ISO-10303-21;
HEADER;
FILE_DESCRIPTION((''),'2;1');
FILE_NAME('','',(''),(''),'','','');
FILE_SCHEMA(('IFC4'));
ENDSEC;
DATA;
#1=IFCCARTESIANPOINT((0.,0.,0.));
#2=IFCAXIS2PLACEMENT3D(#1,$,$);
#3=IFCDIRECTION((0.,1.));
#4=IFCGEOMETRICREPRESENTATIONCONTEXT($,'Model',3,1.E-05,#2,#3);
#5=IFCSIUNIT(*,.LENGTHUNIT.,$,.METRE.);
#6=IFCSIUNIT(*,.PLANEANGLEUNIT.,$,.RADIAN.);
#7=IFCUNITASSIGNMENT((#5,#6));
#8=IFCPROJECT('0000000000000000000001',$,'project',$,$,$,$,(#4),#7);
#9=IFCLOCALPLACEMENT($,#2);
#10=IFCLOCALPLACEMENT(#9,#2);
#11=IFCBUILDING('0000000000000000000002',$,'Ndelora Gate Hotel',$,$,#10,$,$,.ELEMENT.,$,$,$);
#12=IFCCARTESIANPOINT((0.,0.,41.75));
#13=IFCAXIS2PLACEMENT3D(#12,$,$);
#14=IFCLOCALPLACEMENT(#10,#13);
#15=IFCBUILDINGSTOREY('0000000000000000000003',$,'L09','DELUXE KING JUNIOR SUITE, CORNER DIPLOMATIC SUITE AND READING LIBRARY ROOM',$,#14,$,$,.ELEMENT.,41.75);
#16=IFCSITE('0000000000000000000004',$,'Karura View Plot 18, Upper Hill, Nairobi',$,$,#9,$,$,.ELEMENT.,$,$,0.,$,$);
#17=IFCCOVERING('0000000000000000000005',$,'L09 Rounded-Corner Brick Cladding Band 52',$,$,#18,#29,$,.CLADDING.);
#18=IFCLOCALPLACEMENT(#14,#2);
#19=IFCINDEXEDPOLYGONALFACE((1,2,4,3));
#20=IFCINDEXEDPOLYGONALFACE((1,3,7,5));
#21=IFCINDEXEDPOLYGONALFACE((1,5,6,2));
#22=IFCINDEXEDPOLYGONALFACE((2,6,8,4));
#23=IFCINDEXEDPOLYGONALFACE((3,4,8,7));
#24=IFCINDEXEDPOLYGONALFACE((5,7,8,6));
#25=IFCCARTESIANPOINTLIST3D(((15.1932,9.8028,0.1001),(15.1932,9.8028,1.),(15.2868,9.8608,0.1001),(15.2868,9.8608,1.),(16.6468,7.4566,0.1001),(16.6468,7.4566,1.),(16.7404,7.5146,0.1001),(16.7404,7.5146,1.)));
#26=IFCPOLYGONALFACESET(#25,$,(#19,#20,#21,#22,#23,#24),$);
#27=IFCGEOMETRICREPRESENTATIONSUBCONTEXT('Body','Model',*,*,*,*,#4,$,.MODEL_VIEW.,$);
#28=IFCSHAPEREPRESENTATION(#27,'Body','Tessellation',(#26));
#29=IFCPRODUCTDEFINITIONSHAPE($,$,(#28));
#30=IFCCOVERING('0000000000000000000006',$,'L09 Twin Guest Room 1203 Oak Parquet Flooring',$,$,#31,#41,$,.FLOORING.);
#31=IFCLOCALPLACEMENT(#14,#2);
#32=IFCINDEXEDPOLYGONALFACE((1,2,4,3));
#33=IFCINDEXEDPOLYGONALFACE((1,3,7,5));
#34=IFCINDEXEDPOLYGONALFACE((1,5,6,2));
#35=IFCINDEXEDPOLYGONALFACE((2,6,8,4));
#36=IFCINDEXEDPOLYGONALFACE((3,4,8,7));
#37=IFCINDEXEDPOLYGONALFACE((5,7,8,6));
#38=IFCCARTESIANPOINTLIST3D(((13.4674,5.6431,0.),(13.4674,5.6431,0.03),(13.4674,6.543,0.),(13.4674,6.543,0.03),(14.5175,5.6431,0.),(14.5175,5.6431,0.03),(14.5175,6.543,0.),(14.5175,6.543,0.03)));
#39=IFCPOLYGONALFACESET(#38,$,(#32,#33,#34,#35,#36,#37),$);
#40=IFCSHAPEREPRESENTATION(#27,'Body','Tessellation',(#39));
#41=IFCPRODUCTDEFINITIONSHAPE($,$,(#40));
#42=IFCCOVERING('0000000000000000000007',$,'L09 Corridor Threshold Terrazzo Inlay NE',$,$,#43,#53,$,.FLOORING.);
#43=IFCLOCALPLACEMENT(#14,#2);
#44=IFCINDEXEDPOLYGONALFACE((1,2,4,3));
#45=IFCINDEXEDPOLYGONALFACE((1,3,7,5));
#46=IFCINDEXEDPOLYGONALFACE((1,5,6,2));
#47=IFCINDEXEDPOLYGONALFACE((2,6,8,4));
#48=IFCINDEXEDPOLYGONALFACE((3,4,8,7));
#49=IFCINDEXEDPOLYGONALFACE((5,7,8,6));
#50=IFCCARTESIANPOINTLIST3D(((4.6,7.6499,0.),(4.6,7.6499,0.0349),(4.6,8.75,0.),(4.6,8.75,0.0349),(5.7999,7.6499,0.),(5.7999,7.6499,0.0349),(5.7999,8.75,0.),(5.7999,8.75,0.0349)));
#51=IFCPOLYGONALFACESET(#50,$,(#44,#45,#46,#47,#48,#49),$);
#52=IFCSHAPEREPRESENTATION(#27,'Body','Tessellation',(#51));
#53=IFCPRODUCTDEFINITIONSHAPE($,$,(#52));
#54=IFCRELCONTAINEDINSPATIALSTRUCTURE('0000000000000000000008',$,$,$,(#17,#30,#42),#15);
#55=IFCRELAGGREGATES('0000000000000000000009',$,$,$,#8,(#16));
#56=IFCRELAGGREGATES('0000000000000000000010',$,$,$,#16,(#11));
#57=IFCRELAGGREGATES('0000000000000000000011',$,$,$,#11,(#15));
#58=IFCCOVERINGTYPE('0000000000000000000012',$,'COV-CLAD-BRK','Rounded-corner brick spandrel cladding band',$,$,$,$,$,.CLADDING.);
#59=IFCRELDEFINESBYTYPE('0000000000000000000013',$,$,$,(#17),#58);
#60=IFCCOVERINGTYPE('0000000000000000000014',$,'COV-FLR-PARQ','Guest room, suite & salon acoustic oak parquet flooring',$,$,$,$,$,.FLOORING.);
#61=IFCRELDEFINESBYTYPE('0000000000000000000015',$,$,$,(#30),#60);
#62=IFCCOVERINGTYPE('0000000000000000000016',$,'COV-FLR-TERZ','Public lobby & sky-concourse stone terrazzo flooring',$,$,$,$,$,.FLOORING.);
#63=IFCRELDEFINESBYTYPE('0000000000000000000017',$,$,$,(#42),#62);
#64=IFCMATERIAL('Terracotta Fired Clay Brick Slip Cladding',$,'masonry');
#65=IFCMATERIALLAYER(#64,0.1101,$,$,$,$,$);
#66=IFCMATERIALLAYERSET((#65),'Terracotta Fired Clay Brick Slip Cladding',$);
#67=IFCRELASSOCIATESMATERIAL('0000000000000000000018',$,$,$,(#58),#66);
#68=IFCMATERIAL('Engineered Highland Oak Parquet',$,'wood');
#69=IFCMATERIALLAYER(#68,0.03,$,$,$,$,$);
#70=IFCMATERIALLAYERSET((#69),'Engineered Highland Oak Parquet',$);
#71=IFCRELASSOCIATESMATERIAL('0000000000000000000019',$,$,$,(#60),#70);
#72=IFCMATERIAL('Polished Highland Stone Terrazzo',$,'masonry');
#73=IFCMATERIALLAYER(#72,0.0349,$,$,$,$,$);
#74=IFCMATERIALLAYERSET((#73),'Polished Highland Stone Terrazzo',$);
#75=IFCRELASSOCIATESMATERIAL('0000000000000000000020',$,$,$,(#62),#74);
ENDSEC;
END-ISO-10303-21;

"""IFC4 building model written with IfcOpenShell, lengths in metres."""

from ifc_helpers import new_model, si_unit, direction, frame, origin, origin_2d, place, context, subcontext, project, spatial, rectangle, extrude, material, layer, layer_set, type_object, element, save


model = new_model("IFC4")

# Units and contexts
model_context = context("Model", 3, precision=1e-05, world=origin(), true_north=direction((0.0, 1.0)))
body_context = subcontext(model_context, "Body", "Model", "MODEL_VIEW")
ifc_project = project(units=[si_unit("LENGTHUNIT", "METRE"), si_unit("PLANEANGLEUNIT", "RADIAN")], contexts=[model_context])

# Site, building, storey
site_placement = place(None, origin())
site = spatial("IfcSite", under=ifc_project, at=site_placement, Name="Karura View Plot 18, Upper Hill, Nairobi", CompositionType="ELEMENT", RefElevation=0.0)
building_placement = place(site_placement, origin())
building = spatial("IfcBuilding", under=site, at=building_placement, Name="Ndelora Gate Hotel", CompositionType="ELEMENT")
storey_placement = place(building_placement, frame((0.0, 0.0, 41.75)))
storey = spatial("IfcBuildingStorey", under=building, at=storey_placement, Name="L09", Description="DELUXE KING JUNIOR SUITE, CORNER DIPLOMATIC SUITE AND READING LIBRARY ROOM", CompositionType="ELEMENT", Elevation=41.75)

# Coverings
ifc_material_1 = material(Name="Terracotta Fired Clay Brick Slip Cladding", Category="masonry")
ifc_layer_1 = layer(ifc_material_1, 0.1101)
ifc_layer_set_1 = layer_set([ifc_layer_1], Name="Terracotta Fired Clay Brick Slip Cladding")
covering_type_1 = type_object("IfcCoveringType", Name="COV-CLAD-BRK", Description="Rounded-corner brick spandrel cladding band", PredefinedType="CLADDING", material=ifc_layer_set_1)
covering_1_placement = place(storey_placement, frame((15.9668, 8.6587, 0.1001), z_axis=(0.0, 0.0, 1.0), x_axis=(-0.526659, 0.850077, 0.0)))
element("IfcCovering", 1, at=covering_1_placement, inside=storey, type_object=covering_type_1, Name="L09 Rounded-Corner Brick Cladding Band 52", PredefinedType="CLADDING", context=body_context, shape_type="SweptSolid", body=[
    extrude(rectangle(XDim=2.76, YDim=0.1101, at=origin_2d()), origin(), (0.0, 0.0, 1.0), 0.8999),
])
ifc_material_2 = material(Name="Engineered Highland Oak Parquet", Category="wood")
ifc_layer_2 = layer(ifc_material_2, 0.03)
ifc_layer_set_2 = layer_set([ifc_layer_2], Name="Engineered Highland Oak Parquet")
covering_type_2 = type_object("IfcCoveringType", Name="COV-FLR-PARQ", Description="Guest room, suite & salon acoustic oak parquet flooring", PredefinedType="FLOORING", material=ifc_layer_set_2)
covering_2_placement = place(storey_placement, frame((13.9924, 6.093, 0.0), z_axis=(0.0, 0.0, 1.0), x_axis=(1.0, 0.0, 0.0)))
element("IfcCovering", 2, at=covering_2_placement, inside=storey, type_object=covering_type_2, Name="L09 Twin Guest Room 1203 Oak Parquet Flooring", PredefinedType="FLOORING", context=body_context, shape_type="SweptSolid", body=[
    extrude(rectangle(XDim=1.05, YDim=0.8999, at=origin_2d()), origin(), (0.0, 0.0, 1.0), 0.03),
])
ifc_material_3 = material(Name="Polished Highland Stone Terrazzo", Category="masonry")
ifc_layer_3 = layer(ifc_material_3, 0.0349)
ifc_layer_set_3 = layer_set([ifc_layer_3], Name="Polished Highland Stone Terrazzo")
covering_type_3 = type_object("IfcCoveringType", Name="COV-FLR-TERZ", Description="Public lobby & sky-concourse stone terrazzo flooring", PredefinedType="FLOORING", material=ifc_layer_set_3)
covering_3_placement = place(storey_placement, frame((5.2, 8.2, 0.0), z_axis=(0.0, 0.0, 1.0), x_axis=(1.0, 0.0, 0.0)))
element("IfcCovering", 3, at=covering_3_placement, inside=storey, type_object=covering_type_3, Name="L09 Corridor Threshold Terrazzo Inlay NE", PredefinedType="FLOORING", context=body_context, shape_type="SweptSolid", body=[
    extrude(rectangle(XDim=1.2, YDim=1.1001, at=origin_2d()), origin(), (0.0, 0.0, 1.0), 0.0349),
])

save(model, "model.ifc")
